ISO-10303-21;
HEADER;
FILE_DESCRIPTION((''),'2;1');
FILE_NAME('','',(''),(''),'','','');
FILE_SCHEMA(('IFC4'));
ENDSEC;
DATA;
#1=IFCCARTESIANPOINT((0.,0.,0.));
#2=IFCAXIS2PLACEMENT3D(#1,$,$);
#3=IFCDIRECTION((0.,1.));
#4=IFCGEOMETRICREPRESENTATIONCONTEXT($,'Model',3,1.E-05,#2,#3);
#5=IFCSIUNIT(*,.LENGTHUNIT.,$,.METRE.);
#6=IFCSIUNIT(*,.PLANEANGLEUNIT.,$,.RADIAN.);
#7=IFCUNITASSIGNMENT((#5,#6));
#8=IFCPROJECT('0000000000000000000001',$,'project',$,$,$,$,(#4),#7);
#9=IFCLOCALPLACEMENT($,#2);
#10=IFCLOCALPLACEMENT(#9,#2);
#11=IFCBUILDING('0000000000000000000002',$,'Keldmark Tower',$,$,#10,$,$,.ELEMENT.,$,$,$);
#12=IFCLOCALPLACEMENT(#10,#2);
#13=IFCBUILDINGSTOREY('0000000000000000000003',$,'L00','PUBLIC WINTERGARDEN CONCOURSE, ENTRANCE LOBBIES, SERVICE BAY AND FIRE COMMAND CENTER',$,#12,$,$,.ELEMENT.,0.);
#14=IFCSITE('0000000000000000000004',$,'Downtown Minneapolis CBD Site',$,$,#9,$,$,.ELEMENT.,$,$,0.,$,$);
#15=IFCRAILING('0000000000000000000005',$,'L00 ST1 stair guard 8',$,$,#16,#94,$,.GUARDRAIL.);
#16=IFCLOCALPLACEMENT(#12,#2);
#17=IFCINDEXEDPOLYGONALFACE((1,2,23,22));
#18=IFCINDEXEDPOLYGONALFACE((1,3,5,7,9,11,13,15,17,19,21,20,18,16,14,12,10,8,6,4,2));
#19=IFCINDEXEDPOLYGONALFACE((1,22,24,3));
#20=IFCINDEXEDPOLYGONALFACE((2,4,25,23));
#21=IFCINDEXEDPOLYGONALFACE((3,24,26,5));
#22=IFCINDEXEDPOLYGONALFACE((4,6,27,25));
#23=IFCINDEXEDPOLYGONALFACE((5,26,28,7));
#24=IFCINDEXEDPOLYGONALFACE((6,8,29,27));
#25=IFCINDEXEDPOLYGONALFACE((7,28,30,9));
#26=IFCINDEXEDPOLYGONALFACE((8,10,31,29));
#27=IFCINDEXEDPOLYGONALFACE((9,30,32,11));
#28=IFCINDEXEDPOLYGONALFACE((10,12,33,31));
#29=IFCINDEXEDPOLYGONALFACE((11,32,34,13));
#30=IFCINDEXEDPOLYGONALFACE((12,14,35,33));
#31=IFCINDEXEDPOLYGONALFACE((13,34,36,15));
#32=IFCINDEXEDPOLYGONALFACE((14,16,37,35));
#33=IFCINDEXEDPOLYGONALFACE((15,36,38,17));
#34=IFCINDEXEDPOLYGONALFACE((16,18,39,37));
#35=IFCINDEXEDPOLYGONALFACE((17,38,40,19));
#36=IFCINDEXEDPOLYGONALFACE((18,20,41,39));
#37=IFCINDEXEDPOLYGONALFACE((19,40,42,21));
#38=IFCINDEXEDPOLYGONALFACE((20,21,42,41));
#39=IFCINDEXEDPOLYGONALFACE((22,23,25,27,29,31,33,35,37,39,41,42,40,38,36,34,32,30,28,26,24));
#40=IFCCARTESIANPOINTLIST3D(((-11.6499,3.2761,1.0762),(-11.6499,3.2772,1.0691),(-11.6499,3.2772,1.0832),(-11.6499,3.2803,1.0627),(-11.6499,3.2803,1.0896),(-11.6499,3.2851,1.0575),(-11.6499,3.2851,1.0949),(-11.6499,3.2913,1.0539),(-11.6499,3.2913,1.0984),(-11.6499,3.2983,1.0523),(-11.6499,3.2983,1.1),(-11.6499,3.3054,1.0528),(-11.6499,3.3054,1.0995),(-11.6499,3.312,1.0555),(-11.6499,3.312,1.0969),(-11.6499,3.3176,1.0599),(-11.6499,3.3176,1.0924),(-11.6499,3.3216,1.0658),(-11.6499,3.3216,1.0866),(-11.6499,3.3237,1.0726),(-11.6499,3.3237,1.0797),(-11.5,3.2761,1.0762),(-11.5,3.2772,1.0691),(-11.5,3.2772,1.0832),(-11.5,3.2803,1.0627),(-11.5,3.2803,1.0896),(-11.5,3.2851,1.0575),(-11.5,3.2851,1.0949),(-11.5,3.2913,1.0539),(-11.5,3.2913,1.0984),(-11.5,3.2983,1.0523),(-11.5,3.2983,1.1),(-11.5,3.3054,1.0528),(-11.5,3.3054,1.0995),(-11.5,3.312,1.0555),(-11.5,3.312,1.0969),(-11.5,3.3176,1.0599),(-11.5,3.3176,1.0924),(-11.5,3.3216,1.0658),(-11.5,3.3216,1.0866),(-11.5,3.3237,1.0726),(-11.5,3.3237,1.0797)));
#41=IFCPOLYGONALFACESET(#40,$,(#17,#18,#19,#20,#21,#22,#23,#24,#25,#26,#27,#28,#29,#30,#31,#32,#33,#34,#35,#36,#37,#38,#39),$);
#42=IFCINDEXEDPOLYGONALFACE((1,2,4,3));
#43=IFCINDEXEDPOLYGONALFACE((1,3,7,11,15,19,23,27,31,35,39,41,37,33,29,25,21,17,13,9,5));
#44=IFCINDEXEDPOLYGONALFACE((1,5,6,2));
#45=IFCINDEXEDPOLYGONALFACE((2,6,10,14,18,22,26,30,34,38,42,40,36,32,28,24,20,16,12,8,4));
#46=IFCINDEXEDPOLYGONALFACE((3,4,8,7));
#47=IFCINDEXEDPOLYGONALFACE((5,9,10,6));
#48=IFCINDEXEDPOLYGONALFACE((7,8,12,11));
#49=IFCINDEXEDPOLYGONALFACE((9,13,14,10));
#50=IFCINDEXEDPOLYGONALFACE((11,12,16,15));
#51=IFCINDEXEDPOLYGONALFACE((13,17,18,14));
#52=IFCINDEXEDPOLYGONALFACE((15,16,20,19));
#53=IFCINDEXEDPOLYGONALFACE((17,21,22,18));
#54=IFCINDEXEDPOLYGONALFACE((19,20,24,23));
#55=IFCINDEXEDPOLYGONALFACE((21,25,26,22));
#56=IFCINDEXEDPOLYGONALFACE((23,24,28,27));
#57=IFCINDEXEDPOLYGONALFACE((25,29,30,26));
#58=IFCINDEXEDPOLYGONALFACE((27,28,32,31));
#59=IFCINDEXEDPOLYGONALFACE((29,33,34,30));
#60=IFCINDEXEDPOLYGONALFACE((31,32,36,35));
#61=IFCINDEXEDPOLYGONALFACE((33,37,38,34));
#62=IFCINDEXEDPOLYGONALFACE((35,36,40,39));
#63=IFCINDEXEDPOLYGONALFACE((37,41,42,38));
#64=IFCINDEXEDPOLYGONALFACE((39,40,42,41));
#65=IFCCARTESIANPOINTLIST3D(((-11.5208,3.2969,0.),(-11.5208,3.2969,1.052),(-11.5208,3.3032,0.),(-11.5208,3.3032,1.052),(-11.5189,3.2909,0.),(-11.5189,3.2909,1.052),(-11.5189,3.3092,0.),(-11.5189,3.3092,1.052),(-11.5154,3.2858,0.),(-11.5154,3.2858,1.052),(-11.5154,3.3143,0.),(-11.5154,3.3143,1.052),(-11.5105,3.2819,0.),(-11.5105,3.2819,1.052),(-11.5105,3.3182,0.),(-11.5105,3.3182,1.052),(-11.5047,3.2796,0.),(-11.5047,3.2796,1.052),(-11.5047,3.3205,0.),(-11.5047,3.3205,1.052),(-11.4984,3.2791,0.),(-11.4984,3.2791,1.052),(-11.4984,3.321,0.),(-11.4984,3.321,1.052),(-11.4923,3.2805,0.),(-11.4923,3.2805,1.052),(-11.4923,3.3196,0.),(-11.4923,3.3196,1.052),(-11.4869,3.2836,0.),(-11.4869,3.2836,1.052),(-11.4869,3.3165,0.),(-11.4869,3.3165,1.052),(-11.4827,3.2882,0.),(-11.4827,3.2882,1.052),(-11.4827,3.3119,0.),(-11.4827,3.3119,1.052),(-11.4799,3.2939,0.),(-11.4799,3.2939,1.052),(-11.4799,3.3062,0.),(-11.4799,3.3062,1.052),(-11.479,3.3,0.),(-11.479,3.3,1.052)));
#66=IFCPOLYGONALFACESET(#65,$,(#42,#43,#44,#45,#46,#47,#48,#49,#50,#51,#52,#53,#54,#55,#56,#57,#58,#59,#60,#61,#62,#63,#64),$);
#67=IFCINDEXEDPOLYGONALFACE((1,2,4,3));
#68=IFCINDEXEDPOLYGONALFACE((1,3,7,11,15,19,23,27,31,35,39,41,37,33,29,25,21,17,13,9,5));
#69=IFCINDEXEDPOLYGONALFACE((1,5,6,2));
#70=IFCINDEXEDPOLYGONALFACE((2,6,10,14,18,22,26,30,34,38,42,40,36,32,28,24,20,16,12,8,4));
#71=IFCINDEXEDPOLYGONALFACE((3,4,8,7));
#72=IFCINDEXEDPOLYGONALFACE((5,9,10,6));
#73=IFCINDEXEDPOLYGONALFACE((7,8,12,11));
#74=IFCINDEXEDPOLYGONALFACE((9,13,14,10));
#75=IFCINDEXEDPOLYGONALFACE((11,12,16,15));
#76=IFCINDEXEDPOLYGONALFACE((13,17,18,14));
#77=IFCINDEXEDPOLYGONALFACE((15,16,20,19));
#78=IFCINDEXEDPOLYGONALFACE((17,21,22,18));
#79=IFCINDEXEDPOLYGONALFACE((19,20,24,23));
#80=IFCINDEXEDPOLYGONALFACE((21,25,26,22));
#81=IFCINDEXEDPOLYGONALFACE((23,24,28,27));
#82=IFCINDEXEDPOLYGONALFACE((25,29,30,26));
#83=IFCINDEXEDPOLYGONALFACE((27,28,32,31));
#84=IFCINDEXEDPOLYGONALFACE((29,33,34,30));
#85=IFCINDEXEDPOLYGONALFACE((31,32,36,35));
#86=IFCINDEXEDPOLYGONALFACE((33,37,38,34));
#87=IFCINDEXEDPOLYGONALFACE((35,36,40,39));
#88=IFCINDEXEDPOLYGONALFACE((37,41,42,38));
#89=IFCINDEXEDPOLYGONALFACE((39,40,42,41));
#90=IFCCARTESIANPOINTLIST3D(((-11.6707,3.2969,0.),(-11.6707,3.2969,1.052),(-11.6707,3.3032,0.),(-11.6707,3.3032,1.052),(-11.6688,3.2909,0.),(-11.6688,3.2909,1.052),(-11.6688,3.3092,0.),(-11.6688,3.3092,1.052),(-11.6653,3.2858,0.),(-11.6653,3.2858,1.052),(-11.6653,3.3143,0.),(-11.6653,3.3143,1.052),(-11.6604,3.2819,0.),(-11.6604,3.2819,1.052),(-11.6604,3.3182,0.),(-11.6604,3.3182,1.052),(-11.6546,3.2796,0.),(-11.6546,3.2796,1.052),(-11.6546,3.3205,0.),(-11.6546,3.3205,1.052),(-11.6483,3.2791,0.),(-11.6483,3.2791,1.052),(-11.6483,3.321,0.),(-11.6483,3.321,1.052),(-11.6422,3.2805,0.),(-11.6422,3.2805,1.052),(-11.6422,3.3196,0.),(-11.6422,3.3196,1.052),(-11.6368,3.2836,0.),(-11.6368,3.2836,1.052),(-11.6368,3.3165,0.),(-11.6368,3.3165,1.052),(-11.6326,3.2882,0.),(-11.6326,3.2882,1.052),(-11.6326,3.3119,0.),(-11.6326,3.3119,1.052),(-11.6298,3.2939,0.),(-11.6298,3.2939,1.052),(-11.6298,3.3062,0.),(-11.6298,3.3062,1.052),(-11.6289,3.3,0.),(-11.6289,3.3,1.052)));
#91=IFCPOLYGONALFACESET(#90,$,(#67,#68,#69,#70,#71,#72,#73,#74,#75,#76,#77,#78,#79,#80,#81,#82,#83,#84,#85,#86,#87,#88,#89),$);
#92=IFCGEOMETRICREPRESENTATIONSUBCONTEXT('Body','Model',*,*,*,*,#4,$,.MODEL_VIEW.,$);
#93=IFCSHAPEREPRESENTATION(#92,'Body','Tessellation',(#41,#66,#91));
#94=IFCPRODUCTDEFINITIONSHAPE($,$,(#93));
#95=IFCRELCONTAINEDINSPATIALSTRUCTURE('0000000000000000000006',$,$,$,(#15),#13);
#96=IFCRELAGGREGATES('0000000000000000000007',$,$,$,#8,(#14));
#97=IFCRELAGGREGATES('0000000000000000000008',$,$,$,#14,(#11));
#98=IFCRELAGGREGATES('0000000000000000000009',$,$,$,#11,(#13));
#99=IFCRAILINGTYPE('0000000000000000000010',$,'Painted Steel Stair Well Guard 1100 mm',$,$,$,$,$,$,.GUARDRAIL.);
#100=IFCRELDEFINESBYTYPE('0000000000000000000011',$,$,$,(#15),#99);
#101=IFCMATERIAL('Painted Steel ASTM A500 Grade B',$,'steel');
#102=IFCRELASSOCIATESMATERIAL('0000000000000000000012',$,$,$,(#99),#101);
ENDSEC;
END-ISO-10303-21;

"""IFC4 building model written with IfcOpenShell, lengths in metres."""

from ifc_helpers import new_model, si_unit, direction, frame, origin, origin_2d, place, context, subcontext, project, spatial, circle, extrude, material, type_object, element, save


model = new_model("IFC4")

# Units and contexts
model_context = context("Model", 3, precision=1e-05, world=origin(), true_north=direction((0.0, 1.0)))
body_context = subcontext(model_context, "Body", "Model", "MODEL_VIEW")
ifc_project = project(units=[si_unit("LENGTHUNIT", "METRE"), si_unit("PLANEANGLEUNIT", "RADIAN")], contexts=[model_context])

# Site, building, storey
site_placement = place(None, origin())
site = spatial("IfcSite", under=ifc_project, at=site_placement, Name="Downtown Minneapolis CBD Site", CompositionType="ELEMENT", RefElevation=0.0)
building_placement = place(site_placement, origin())
building = spatial("IfcBuilding", under=site, at=building_placement, Name="Keldmark Tower", CompositionType="ELEMENT")
storey_placement = place(building_placement, origin())
storey = spatial("IfcBuildingStorey", under=building, at=storey_placement, Name="L00", Description="PUBLIC WINTERGARDEN CONCOURSE, ENTRANCE LOBBIES, SERVICE BAY AND FIRE COMMAND CENTER", CompositionType="ELEMENT", Elevation=0.0)

# Railing
ifc_material_1 = material(Name="Painted Steel ASTM A500 Grade B", Category="steel")
railing_type_1 = type_object("IfcRailingType", Name="Painted Steel Stair Well Guard 1100 mm", PredefinedType="GUARDRAIL", material=ifc_material_1)
railing_1_placement = place(storey_placement, frame((-11.5, 3.3, 0.0)))
element("IfcRailing", 1, at=railing_1_placement, inside=storey, type_object=railing_type_1, Name="L00 ST1 stair guard 8", PredefinedType="GUARDRAIL", context=body_context, shape_type="SweptSolid", body=[
    extrude(circle(Radius=0.0239, at=origin_2d()), frame((0.0, 0.0, 1.0762), z_axis=(-1.0, 0.0, 0.0), x_axis=(0.0, -1.0, 0.0)), (0.0, 0.0, 1.0), 0.1499),
    extrude(circle(Radius=0.021, at=origin_2d()), origin(), (0.0, 0.0, 1.0), 1.052),
    extrude(circle(Radius=0.021, at=origin_2d()), frame((-0.1499, 0.0, 0.0)), (0.0, 0.0, 1.0), 1.052),
])

save(model, "model.ifc")
